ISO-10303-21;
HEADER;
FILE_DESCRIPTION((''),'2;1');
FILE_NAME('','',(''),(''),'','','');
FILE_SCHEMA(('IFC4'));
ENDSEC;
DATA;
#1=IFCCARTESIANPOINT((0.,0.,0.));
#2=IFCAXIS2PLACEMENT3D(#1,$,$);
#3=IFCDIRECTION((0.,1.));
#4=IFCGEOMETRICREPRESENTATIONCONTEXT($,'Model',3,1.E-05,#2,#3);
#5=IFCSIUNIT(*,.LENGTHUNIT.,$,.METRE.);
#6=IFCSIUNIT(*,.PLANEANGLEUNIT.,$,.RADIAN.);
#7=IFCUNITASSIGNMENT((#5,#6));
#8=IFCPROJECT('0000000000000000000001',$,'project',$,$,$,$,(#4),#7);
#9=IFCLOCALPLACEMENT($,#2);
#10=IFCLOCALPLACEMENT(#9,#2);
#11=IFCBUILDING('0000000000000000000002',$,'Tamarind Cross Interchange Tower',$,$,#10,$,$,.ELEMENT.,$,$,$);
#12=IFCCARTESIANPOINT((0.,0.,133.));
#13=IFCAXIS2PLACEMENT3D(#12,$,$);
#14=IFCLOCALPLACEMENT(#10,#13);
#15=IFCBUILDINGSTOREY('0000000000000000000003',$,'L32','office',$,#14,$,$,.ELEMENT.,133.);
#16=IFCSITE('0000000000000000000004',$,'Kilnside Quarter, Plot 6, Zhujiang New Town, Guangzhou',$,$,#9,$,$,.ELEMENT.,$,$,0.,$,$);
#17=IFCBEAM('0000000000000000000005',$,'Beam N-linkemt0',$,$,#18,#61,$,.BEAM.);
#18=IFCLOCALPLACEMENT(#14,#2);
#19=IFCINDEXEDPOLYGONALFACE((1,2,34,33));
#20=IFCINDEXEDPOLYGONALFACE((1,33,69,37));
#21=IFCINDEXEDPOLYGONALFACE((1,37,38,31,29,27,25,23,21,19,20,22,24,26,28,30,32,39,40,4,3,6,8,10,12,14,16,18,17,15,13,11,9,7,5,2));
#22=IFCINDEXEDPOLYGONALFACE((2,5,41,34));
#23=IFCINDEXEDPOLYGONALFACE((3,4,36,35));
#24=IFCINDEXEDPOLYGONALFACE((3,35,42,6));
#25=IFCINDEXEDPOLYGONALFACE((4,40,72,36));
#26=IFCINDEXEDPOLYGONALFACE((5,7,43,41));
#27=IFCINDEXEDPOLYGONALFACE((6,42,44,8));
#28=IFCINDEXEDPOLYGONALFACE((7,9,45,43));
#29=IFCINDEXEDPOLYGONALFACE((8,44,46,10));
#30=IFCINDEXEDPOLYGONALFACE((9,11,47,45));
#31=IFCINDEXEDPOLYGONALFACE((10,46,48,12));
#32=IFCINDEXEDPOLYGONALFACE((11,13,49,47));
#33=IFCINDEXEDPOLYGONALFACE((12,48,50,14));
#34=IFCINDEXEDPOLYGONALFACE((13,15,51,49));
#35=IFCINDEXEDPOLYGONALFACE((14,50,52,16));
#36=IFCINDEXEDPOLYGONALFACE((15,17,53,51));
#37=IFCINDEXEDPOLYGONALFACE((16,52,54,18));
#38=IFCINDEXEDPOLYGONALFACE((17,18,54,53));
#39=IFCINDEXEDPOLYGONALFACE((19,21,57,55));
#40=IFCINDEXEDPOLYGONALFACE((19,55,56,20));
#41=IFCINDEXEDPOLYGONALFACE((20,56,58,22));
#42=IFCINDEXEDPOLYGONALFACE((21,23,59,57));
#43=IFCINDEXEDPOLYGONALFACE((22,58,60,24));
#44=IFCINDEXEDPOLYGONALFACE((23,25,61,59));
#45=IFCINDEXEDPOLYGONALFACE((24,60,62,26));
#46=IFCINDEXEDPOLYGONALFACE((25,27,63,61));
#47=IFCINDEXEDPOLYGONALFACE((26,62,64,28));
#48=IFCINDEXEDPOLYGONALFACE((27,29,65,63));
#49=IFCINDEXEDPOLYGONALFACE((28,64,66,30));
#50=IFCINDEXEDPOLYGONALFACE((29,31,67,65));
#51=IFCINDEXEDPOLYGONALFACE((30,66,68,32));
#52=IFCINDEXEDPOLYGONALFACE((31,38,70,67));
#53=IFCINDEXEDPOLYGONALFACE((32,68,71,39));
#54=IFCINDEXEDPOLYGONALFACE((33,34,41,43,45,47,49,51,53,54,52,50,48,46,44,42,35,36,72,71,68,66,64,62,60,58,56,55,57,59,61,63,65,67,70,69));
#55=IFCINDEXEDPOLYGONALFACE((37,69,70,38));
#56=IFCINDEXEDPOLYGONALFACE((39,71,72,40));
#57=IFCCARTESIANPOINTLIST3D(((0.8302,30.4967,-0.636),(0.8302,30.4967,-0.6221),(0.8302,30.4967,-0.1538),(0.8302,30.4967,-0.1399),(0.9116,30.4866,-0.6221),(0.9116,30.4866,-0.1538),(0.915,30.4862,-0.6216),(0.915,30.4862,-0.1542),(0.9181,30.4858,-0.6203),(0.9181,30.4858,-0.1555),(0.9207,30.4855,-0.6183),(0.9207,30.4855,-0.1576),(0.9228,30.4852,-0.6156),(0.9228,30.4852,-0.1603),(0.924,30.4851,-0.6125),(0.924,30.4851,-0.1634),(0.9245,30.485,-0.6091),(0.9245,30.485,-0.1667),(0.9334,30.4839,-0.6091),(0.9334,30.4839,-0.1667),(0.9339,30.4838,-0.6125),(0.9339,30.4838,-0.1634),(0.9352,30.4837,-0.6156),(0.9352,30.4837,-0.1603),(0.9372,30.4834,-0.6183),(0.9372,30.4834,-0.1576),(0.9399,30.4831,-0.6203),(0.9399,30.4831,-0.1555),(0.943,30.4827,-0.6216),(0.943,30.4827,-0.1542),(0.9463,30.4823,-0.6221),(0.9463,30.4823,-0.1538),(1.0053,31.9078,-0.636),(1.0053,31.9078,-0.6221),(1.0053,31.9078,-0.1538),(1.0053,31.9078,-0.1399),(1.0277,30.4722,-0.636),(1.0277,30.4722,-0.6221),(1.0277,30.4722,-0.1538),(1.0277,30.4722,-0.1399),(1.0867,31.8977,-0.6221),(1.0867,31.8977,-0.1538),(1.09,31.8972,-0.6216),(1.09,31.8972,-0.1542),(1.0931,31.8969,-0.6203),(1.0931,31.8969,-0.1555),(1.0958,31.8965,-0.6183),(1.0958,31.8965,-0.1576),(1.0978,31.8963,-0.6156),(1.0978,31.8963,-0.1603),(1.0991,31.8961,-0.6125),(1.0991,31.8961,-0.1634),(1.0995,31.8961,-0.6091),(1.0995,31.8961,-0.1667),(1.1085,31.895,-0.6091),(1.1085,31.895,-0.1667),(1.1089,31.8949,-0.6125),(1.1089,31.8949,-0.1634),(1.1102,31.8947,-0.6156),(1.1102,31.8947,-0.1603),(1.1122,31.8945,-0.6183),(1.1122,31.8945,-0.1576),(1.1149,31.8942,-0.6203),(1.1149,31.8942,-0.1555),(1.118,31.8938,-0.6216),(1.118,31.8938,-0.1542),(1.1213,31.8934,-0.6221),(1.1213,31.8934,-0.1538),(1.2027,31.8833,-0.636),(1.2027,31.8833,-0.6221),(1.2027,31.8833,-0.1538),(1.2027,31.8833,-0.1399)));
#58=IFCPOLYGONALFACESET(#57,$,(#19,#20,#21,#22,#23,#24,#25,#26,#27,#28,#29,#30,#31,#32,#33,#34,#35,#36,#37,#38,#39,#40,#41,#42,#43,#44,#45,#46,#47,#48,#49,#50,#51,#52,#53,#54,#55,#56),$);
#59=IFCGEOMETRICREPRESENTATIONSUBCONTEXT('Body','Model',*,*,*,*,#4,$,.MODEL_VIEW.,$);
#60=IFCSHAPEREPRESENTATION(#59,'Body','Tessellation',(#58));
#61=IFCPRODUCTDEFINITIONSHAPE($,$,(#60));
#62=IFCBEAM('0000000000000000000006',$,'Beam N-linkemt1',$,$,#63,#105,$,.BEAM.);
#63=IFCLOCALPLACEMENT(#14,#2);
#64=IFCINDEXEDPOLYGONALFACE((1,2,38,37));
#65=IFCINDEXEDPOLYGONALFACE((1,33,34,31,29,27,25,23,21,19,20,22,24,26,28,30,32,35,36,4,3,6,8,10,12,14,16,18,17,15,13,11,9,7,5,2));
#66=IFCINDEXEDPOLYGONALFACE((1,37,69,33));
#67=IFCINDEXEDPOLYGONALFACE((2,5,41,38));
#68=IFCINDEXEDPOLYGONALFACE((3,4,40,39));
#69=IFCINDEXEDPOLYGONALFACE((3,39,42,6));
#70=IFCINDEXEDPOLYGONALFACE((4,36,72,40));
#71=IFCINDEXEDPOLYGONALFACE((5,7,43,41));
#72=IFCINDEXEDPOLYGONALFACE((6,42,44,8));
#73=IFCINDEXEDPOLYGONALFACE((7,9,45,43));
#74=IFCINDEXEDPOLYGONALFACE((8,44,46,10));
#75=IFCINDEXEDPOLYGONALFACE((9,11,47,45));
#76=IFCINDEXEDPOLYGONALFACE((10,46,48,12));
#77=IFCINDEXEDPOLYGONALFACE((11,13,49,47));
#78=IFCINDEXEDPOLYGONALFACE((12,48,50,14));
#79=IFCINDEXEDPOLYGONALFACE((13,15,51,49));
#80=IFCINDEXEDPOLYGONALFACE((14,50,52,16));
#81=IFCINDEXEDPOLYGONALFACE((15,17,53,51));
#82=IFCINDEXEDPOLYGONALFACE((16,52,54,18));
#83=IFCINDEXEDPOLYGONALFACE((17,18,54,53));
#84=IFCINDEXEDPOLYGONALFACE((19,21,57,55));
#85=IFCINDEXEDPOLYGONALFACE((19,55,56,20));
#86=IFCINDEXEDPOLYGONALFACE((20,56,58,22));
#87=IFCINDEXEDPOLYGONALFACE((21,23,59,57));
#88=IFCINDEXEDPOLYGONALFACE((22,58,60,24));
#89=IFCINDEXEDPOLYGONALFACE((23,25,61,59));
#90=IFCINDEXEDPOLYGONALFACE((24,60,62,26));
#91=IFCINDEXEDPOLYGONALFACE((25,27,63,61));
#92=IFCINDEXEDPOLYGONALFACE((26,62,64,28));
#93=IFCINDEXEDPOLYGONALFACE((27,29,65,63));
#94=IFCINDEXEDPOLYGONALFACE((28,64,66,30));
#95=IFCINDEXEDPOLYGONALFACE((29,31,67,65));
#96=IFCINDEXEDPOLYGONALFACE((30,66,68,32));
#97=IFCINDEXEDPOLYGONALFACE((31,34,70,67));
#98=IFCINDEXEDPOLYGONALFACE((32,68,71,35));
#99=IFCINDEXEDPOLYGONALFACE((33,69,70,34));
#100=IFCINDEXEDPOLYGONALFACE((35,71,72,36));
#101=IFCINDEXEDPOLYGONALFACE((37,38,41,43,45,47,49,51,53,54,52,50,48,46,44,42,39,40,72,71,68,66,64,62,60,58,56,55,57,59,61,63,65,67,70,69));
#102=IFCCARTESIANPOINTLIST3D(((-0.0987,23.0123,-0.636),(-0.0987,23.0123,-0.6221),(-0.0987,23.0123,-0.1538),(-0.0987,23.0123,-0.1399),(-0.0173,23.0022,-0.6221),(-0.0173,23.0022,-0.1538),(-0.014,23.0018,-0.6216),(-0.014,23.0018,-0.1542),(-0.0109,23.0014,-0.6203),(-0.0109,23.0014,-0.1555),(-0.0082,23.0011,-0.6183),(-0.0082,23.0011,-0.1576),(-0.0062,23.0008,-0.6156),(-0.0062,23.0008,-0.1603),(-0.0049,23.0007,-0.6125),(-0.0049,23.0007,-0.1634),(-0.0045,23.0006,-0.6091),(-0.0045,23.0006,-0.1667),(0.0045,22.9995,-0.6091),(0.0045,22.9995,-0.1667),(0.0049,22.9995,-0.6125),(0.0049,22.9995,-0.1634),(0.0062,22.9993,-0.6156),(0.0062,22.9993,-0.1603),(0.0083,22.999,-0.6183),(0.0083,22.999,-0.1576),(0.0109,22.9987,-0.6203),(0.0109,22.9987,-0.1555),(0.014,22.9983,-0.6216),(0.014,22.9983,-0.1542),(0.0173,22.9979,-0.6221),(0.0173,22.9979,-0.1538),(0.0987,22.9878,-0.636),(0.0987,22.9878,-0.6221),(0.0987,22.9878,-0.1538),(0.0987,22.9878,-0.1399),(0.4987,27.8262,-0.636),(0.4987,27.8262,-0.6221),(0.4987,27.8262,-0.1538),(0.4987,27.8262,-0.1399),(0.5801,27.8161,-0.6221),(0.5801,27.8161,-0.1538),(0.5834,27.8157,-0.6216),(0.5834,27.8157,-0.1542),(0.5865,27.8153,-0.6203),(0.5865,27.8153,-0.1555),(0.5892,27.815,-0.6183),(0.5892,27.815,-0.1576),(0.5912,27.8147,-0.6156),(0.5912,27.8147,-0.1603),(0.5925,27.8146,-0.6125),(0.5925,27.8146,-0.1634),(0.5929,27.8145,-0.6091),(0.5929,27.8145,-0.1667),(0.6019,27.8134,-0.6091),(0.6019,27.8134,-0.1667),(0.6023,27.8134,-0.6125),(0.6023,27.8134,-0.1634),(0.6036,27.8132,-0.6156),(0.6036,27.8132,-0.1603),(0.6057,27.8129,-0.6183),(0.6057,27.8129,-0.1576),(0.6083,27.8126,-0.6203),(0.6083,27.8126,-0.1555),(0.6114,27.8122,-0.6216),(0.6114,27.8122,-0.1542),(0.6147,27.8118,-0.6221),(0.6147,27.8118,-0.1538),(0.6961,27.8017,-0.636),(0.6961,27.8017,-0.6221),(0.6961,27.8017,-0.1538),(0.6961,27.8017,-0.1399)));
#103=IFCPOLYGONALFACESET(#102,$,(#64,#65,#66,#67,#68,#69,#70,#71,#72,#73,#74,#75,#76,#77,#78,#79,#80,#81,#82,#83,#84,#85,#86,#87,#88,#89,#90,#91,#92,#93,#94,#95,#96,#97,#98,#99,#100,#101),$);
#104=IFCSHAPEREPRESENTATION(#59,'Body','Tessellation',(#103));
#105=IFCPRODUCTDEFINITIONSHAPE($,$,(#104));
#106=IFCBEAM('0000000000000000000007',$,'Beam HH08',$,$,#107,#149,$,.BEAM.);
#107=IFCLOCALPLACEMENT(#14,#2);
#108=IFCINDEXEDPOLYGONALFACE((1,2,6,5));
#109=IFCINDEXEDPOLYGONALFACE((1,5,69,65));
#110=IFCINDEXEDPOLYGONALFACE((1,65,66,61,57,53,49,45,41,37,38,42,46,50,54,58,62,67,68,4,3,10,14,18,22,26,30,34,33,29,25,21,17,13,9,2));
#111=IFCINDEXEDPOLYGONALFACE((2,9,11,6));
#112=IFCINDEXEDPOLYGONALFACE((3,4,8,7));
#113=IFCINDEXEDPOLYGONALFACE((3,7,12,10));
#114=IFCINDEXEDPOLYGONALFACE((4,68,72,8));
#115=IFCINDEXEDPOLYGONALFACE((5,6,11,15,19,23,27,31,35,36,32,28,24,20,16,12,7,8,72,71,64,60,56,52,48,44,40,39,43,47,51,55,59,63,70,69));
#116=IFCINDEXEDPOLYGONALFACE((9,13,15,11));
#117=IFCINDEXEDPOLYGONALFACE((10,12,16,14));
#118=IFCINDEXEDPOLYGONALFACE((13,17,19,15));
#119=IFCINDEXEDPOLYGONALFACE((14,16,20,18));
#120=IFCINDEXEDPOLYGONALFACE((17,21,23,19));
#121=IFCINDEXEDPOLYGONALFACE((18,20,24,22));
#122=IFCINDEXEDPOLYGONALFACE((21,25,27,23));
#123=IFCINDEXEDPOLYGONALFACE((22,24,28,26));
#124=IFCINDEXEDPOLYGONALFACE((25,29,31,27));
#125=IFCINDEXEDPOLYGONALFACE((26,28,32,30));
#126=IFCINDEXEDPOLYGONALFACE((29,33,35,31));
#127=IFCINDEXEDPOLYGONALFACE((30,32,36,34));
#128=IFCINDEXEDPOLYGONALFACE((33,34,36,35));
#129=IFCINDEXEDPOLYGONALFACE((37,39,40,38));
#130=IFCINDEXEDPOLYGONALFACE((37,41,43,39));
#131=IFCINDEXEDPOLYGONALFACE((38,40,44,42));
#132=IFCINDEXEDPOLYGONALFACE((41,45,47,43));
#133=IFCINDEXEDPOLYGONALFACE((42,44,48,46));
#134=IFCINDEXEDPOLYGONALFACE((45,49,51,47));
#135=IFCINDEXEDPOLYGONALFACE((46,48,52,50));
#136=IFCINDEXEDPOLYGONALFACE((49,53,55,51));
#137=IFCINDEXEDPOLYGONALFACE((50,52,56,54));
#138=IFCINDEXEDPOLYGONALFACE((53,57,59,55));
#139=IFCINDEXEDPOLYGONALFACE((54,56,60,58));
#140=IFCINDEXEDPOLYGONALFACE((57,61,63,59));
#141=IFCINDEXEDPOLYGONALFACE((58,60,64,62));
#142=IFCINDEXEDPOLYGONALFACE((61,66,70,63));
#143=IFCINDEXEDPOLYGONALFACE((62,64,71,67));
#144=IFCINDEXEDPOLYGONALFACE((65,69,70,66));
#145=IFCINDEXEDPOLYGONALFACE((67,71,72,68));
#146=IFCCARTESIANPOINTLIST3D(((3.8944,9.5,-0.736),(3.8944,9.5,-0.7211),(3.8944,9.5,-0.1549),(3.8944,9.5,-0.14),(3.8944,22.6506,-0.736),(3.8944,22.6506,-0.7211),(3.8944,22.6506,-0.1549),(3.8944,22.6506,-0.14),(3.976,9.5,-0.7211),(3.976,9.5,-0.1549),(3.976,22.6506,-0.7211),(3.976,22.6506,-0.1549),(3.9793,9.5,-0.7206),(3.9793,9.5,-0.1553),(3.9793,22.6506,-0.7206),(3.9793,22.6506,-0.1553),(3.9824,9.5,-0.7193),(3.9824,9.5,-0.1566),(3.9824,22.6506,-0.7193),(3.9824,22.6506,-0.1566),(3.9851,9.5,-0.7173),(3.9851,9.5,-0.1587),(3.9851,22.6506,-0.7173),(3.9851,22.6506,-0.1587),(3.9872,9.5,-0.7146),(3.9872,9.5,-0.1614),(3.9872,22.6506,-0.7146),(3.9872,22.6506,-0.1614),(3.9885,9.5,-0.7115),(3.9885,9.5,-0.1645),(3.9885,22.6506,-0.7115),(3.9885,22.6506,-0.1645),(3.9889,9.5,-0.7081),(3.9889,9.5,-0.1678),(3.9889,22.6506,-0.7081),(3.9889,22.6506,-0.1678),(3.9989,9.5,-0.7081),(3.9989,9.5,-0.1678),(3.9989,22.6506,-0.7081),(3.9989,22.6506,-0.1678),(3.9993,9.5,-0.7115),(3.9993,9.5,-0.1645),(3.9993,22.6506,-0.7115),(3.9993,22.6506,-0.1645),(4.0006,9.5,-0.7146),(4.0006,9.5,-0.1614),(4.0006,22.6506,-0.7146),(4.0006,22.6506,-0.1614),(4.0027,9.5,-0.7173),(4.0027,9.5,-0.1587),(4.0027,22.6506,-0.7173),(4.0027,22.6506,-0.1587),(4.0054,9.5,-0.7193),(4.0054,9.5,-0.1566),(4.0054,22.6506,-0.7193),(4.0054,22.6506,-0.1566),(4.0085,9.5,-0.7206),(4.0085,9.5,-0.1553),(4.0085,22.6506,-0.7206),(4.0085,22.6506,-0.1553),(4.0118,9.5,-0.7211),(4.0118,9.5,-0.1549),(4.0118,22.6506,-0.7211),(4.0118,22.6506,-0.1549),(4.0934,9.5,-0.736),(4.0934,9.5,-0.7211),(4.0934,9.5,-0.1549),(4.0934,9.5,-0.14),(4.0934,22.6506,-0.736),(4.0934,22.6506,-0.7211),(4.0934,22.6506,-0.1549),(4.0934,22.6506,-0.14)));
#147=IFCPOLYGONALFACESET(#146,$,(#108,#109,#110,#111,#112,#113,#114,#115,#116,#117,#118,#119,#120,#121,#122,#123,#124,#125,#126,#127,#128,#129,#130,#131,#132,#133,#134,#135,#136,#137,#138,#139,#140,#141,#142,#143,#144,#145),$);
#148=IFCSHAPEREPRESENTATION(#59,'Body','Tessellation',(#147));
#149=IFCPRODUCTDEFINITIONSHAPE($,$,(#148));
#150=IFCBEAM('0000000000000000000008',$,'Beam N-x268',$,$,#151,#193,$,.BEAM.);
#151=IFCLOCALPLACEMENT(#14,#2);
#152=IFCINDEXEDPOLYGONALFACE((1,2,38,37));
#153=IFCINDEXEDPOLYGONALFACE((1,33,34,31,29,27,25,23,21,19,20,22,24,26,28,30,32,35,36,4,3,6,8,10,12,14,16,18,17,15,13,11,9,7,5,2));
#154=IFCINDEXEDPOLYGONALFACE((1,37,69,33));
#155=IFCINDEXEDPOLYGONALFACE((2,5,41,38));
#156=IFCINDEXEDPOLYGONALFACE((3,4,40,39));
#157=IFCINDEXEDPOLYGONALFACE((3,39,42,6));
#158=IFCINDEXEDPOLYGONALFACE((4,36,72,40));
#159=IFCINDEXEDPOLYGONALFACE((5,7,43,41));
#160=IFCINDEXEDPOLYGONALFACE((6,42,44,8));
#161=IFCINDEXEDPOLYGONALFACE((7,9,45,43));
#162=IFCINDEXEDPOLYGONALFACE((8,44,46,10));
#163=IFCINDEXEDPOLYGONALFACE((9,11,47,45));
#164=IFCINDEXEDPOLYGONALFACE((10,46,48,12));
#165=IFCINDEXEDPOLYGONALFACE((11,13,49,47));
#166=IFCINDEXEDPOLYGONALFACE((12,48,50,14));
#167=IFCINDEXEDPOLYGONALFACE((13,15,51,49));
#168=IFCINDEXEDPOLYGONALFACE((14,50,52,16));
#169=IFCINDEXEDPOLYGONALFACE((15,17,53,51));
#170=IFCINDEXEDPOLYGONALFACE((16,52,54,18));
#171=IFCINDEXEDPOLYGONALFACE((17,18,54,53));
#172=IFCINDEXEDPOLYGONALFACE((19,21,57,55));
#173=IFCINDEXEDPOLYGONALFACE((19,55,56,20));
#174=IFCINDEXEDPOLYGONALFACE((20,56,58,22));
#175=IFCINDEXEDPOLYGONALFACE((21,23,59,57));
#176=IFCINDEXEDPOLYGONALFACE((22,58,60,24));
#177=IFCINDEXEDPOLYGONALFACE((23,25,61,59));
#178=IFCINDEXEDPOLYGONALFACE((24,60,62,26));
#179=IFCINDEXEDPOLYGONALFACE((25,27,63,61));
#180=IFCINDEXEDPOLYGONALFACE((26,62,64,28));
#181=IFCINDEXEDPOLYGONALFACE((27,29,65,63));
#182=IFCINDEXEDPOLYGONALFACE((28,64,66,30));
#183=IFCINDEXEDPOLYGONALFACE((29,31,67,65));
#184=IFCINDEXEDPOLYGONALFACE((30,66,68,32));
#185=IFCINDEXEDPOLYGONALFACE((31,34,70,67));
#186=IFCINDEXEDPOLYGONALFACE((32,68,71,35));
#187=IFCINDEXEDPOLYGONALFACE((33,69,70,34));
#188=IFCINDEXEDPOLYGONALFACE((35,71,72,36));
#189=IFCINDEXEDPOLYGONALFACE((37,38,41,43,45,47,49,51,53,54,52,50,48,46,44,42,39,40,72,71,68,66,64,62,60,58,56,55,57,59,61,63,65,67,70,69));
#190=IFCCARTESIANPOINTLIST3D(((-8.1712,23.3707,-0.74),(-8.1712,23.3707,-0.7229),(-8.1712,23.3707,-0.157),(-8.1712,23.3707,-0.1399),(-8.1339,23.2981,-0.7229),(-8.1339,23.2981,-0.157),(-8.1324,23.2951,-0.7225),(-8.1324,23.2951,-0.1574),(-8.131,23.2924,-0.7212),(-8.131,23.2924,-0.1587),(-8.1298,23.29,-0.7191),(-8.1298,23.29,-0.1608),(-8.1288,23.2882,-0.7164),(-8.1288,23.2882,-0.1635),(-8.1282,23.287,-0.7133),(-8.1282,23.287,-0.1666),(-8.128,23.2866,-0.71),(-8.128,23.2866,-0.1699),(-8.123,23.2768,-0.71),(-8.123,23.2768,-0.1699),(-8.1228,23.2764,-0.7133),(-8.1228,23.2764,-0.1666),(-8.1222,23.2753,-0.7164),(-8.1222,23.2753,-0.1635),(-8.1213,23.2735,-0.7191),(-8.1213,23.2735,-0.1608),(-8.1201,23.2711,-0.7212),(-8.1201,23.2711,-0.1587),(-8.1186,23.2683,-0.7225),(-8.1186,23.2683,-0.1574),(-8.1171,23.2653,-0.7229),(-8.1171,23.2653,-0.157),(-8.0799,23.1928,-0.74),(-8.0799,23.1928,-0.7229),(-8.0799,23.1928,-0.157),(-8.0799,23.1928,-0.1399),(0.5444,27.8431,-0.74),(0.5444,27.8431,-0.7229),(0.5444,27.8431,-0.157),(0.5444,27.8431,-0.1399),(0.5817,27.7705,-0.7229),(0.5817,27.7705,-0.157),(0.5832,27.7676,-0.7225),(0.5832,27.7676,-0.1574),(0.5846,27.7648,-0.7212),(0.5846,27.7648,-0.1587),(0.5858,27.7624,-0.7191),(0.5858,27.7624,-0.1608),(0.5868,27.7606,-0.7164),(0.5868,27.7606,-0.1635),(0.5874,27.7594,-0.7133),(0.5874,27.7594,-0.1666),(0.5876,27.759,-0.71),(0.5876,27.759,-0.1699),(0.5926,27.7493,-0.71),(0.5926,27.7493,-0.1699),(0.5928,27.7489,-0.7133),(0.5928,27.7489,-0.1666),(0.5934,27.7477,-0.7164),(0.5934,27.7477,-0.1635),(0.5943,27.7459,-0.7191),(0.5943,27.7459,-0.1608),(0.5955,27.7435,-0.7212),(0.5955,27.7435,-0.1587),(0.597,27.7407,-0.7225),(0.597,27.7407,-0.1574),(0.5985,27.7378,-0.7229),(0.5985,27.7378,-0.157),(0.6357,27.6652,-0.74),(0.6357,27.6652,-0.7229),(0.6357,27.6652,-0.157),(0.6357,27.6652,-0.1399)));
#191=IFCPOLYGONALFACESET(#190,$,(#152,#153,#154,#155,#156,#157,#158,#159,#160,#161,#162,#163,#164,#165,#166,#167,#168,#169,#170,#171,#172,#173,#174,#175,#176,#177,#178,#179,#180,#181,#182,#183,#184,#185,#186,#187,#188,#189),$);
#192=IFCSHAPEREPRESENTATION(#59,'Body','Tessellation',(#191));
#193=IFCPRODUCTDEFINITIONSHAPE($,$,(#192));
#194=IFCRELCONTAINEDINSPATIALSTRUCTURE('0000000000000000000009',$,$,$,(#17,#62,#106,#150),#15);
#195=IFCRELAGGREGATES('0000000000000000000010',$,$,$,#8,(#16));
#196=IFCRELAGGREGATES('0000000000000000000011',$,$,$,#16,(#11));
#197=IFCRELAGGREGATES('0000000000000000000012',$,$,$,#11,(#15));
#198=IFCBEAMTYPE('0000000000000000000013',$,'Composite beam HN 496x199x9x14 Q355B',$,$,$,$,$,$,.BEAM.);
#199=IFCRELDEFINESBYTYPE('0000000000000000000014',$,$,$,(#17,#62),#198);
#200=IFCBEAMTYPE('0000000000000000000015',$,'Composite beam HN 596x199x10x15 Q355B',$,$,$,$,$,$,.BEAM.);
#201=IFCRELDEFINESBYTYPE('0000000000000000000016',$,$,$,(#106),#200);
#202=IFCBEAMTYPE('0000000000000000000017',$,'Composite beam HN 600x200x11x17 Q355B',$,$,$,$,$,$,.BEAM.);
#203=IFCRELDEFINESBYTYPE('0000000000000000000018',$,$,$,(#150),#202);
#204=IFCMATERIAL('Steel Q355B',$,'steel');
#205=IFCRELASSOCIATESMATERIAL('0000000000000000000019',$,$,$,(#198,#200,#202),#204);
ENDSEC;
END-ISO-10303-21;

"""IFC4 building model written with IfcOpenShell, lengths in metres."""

from ifc_helpers import new_model, si_unit, direction, frame, origin, origin_2d, place, context, subcontext, project, spatial, i_section, extrude, material, material_profile, profile_set, type_object, element, save


model = new_model("IFC4")

# Units and contexts
model_context = context("Model", 3, precision=1e-05, world=origin(), true_north=direction((0.0, 1.0)))
body_context = subcontext(model_context, "Body", "Model", "MODEL_VIEW")
ifc_project = project(units=[si_unit("LENGTHUNIT", "METRE"), si_unit("PLANEANGLEUNIT", "RADIAN")], contexts=[model_context])

# Site, building, storey
site_placement = place(None, origin())
site = spatial("IfcSite", under=ifc_project, at=site_placement, Name="Kilnside Quarter, Plot 6, Zhujiang New Town, Guangzhou", CompositionType="ELEMENT", RefElevation=0.0)
building_placement = place(site_placement, origin())
building = spatial("IfcBuilding", under=site, at=building_placement, Name="Tamarind Cross Interchange Tower", CompositionType="ELEMENT")
storey_placement = place(building_placement, frame((0.0, 0.0, 133.0)))
storey = spatial("IfcBuildingStorey", under=building, at=storey_placement, Name="L32", Description="office", CompositionType="ELEMENT", Elevation=133.0)

# Beams
ifc_material_1 = material(Name="Steel Q355B", Category="steel")
ifc_material_profile_1 = material_profile(ifc_material_1, i_section(OverallWidth=0.199, OverallDepth=0.4961, WebThickness=0.009, FlangeThickness=0.0139, FilletRadius=0.0129, at=origin_2d()), Name="HN 496x199x9x14")
ifc_profile_set_1 = profile_set([ifc_material_profile_1], Name="Steel Q355B")
beam_type_1 = type_object("IfcBeamType", Name="Composite beam HN 496x199x9x14 Q355B", PredefinedType="BEAM", material=ifc_profile_set_1)
beam_1_placement = place(storey_placement, frame((1.104, 31.8955, -0.3879), z_axis=(-0.123105, -0.992394, 0.0), x_axis=(0.992394, -0.123105, 0.0)))
element("IfcBeam", 1, at=beam_1_placement, inside=storey, type_object=beam_type_1, Name="Beam N-linkemt0", PredefinedType="BEAM", context=body_context, shape_type="SweptSolid", body=[
    extrude(i_section(OverallWidth=0.199, OverallDepth=0.4961, WebThickness=0.009, FlangeThickness=0.0139, FilletRadius=0.0129, at=origin_2d()), origin(), (0.0, 0.0, 1.0), 1.4219),
])
beam_2_placement = place(storey_placement, frame((0.5974, 27.814, -0.3879), z_axis=(-0.123155, -0.992387, 0.0), x_axis=(0.992387, -0.123155, 0.0)))
element("IfcBeam", 2, at=beam_2_placement, inside=storey, type_object=beam_type_1, Name="Beam N-linkemt1", PredefinedType="BEAM", context=body_context, shape_type="SweptSolid", body=[
    extrude(i_section(OverallWidth=0.199, OverallDepth=0.4961, WebThickness=0.009, FlangeThickness=0.0139, FilletRadius=0.0129, at=origin_2d()), origin(), (0.0, 0.0, 1.0), 4.8508),
])
ifc_material_profile_2 = material_profile(ifc_material_1, i_section(OverallWidth=0.199, OverallDepth=0.5959, WebThickness=0.01, FlangeThickness=0.0149, FilletRadius=0.0129, at=origin_2d()), Name="HN 596x199x10x15")
ifc_profile_set_2 = profile_set([ifc_material_profile_2], Name="Steel Q355B")
beam_type_2 = type_object("IfcBeamType", Name="Composite beam HN 596x199x10x15 Q355B", PredefinedType="BEAM", material=ifc_profile_set_2)
beam_3_placement = place(storey_placement, frame((3.9939, 22.6506, -0.438), z_axis=(0.0, -1.0, 0.0), x_axis=(1.0, 0.0, 0.0)))
element("IfcBeam", 3, at=beam_3_placement, inside=storey, type_object=beam_type_2, Name="Beam HH08", PredefinedType="BEAM", context=body_context, shape_type="SweptSolid", body=[
    extrude(i_section(OverallWidth=0.199, OverallDepth=0.5959, WebThickness=0.01, FlangeThickness=0.0149, FilletRadius=0.0129, at=origin_2d()), origin(), (0.0, 0.0, 1.0), 13.1506),
])
ifc_material_profile_3 = material_profile(ifc_material_1, i_section(OverallWidth=0.2, OverallDepth=0.6001, WebThickness=0.011, FlangeThickness=0.0171, FilletRadius=0.0129, at=origin_2d()), Name="HN 600x200x11x17")
ifc_profile_set_3 = profile_set([ifc_material_profile_3], Name="Steel Q355B")
beam_type_3 = type_object("IfcBeamType", Name="Composite beam HN 600x200x11x17 Q355B", PredefinedType="BEAM", material=ifc_profile_set_3)
beam_4_placement = place(storey_placement, frame((0.5901, 27.7542, -0.4399), z_axis=(-0.889698, -0.45655, 0.0), x_axis=(0.45655, -0.889698, 0.0)))
element("IfcBeam", 4, at=beam_4_placement, inside=storey, type_object=beam_type_3, Name="Beam N-x268", PredefinedType="BEAM", context=body_context, shape_type="SweptSolid", body=[
    extrude(i_section(OverallWidth=0.2, OverallDepth=0.6001, WebThickness=0.011, FlangeThickness=0.0171, FilletRadius=0.0129, at=origin_2d()), origin(), (0.0, 0.0, 1.0), 9.7961),
])

save(model, "model.ifc")
